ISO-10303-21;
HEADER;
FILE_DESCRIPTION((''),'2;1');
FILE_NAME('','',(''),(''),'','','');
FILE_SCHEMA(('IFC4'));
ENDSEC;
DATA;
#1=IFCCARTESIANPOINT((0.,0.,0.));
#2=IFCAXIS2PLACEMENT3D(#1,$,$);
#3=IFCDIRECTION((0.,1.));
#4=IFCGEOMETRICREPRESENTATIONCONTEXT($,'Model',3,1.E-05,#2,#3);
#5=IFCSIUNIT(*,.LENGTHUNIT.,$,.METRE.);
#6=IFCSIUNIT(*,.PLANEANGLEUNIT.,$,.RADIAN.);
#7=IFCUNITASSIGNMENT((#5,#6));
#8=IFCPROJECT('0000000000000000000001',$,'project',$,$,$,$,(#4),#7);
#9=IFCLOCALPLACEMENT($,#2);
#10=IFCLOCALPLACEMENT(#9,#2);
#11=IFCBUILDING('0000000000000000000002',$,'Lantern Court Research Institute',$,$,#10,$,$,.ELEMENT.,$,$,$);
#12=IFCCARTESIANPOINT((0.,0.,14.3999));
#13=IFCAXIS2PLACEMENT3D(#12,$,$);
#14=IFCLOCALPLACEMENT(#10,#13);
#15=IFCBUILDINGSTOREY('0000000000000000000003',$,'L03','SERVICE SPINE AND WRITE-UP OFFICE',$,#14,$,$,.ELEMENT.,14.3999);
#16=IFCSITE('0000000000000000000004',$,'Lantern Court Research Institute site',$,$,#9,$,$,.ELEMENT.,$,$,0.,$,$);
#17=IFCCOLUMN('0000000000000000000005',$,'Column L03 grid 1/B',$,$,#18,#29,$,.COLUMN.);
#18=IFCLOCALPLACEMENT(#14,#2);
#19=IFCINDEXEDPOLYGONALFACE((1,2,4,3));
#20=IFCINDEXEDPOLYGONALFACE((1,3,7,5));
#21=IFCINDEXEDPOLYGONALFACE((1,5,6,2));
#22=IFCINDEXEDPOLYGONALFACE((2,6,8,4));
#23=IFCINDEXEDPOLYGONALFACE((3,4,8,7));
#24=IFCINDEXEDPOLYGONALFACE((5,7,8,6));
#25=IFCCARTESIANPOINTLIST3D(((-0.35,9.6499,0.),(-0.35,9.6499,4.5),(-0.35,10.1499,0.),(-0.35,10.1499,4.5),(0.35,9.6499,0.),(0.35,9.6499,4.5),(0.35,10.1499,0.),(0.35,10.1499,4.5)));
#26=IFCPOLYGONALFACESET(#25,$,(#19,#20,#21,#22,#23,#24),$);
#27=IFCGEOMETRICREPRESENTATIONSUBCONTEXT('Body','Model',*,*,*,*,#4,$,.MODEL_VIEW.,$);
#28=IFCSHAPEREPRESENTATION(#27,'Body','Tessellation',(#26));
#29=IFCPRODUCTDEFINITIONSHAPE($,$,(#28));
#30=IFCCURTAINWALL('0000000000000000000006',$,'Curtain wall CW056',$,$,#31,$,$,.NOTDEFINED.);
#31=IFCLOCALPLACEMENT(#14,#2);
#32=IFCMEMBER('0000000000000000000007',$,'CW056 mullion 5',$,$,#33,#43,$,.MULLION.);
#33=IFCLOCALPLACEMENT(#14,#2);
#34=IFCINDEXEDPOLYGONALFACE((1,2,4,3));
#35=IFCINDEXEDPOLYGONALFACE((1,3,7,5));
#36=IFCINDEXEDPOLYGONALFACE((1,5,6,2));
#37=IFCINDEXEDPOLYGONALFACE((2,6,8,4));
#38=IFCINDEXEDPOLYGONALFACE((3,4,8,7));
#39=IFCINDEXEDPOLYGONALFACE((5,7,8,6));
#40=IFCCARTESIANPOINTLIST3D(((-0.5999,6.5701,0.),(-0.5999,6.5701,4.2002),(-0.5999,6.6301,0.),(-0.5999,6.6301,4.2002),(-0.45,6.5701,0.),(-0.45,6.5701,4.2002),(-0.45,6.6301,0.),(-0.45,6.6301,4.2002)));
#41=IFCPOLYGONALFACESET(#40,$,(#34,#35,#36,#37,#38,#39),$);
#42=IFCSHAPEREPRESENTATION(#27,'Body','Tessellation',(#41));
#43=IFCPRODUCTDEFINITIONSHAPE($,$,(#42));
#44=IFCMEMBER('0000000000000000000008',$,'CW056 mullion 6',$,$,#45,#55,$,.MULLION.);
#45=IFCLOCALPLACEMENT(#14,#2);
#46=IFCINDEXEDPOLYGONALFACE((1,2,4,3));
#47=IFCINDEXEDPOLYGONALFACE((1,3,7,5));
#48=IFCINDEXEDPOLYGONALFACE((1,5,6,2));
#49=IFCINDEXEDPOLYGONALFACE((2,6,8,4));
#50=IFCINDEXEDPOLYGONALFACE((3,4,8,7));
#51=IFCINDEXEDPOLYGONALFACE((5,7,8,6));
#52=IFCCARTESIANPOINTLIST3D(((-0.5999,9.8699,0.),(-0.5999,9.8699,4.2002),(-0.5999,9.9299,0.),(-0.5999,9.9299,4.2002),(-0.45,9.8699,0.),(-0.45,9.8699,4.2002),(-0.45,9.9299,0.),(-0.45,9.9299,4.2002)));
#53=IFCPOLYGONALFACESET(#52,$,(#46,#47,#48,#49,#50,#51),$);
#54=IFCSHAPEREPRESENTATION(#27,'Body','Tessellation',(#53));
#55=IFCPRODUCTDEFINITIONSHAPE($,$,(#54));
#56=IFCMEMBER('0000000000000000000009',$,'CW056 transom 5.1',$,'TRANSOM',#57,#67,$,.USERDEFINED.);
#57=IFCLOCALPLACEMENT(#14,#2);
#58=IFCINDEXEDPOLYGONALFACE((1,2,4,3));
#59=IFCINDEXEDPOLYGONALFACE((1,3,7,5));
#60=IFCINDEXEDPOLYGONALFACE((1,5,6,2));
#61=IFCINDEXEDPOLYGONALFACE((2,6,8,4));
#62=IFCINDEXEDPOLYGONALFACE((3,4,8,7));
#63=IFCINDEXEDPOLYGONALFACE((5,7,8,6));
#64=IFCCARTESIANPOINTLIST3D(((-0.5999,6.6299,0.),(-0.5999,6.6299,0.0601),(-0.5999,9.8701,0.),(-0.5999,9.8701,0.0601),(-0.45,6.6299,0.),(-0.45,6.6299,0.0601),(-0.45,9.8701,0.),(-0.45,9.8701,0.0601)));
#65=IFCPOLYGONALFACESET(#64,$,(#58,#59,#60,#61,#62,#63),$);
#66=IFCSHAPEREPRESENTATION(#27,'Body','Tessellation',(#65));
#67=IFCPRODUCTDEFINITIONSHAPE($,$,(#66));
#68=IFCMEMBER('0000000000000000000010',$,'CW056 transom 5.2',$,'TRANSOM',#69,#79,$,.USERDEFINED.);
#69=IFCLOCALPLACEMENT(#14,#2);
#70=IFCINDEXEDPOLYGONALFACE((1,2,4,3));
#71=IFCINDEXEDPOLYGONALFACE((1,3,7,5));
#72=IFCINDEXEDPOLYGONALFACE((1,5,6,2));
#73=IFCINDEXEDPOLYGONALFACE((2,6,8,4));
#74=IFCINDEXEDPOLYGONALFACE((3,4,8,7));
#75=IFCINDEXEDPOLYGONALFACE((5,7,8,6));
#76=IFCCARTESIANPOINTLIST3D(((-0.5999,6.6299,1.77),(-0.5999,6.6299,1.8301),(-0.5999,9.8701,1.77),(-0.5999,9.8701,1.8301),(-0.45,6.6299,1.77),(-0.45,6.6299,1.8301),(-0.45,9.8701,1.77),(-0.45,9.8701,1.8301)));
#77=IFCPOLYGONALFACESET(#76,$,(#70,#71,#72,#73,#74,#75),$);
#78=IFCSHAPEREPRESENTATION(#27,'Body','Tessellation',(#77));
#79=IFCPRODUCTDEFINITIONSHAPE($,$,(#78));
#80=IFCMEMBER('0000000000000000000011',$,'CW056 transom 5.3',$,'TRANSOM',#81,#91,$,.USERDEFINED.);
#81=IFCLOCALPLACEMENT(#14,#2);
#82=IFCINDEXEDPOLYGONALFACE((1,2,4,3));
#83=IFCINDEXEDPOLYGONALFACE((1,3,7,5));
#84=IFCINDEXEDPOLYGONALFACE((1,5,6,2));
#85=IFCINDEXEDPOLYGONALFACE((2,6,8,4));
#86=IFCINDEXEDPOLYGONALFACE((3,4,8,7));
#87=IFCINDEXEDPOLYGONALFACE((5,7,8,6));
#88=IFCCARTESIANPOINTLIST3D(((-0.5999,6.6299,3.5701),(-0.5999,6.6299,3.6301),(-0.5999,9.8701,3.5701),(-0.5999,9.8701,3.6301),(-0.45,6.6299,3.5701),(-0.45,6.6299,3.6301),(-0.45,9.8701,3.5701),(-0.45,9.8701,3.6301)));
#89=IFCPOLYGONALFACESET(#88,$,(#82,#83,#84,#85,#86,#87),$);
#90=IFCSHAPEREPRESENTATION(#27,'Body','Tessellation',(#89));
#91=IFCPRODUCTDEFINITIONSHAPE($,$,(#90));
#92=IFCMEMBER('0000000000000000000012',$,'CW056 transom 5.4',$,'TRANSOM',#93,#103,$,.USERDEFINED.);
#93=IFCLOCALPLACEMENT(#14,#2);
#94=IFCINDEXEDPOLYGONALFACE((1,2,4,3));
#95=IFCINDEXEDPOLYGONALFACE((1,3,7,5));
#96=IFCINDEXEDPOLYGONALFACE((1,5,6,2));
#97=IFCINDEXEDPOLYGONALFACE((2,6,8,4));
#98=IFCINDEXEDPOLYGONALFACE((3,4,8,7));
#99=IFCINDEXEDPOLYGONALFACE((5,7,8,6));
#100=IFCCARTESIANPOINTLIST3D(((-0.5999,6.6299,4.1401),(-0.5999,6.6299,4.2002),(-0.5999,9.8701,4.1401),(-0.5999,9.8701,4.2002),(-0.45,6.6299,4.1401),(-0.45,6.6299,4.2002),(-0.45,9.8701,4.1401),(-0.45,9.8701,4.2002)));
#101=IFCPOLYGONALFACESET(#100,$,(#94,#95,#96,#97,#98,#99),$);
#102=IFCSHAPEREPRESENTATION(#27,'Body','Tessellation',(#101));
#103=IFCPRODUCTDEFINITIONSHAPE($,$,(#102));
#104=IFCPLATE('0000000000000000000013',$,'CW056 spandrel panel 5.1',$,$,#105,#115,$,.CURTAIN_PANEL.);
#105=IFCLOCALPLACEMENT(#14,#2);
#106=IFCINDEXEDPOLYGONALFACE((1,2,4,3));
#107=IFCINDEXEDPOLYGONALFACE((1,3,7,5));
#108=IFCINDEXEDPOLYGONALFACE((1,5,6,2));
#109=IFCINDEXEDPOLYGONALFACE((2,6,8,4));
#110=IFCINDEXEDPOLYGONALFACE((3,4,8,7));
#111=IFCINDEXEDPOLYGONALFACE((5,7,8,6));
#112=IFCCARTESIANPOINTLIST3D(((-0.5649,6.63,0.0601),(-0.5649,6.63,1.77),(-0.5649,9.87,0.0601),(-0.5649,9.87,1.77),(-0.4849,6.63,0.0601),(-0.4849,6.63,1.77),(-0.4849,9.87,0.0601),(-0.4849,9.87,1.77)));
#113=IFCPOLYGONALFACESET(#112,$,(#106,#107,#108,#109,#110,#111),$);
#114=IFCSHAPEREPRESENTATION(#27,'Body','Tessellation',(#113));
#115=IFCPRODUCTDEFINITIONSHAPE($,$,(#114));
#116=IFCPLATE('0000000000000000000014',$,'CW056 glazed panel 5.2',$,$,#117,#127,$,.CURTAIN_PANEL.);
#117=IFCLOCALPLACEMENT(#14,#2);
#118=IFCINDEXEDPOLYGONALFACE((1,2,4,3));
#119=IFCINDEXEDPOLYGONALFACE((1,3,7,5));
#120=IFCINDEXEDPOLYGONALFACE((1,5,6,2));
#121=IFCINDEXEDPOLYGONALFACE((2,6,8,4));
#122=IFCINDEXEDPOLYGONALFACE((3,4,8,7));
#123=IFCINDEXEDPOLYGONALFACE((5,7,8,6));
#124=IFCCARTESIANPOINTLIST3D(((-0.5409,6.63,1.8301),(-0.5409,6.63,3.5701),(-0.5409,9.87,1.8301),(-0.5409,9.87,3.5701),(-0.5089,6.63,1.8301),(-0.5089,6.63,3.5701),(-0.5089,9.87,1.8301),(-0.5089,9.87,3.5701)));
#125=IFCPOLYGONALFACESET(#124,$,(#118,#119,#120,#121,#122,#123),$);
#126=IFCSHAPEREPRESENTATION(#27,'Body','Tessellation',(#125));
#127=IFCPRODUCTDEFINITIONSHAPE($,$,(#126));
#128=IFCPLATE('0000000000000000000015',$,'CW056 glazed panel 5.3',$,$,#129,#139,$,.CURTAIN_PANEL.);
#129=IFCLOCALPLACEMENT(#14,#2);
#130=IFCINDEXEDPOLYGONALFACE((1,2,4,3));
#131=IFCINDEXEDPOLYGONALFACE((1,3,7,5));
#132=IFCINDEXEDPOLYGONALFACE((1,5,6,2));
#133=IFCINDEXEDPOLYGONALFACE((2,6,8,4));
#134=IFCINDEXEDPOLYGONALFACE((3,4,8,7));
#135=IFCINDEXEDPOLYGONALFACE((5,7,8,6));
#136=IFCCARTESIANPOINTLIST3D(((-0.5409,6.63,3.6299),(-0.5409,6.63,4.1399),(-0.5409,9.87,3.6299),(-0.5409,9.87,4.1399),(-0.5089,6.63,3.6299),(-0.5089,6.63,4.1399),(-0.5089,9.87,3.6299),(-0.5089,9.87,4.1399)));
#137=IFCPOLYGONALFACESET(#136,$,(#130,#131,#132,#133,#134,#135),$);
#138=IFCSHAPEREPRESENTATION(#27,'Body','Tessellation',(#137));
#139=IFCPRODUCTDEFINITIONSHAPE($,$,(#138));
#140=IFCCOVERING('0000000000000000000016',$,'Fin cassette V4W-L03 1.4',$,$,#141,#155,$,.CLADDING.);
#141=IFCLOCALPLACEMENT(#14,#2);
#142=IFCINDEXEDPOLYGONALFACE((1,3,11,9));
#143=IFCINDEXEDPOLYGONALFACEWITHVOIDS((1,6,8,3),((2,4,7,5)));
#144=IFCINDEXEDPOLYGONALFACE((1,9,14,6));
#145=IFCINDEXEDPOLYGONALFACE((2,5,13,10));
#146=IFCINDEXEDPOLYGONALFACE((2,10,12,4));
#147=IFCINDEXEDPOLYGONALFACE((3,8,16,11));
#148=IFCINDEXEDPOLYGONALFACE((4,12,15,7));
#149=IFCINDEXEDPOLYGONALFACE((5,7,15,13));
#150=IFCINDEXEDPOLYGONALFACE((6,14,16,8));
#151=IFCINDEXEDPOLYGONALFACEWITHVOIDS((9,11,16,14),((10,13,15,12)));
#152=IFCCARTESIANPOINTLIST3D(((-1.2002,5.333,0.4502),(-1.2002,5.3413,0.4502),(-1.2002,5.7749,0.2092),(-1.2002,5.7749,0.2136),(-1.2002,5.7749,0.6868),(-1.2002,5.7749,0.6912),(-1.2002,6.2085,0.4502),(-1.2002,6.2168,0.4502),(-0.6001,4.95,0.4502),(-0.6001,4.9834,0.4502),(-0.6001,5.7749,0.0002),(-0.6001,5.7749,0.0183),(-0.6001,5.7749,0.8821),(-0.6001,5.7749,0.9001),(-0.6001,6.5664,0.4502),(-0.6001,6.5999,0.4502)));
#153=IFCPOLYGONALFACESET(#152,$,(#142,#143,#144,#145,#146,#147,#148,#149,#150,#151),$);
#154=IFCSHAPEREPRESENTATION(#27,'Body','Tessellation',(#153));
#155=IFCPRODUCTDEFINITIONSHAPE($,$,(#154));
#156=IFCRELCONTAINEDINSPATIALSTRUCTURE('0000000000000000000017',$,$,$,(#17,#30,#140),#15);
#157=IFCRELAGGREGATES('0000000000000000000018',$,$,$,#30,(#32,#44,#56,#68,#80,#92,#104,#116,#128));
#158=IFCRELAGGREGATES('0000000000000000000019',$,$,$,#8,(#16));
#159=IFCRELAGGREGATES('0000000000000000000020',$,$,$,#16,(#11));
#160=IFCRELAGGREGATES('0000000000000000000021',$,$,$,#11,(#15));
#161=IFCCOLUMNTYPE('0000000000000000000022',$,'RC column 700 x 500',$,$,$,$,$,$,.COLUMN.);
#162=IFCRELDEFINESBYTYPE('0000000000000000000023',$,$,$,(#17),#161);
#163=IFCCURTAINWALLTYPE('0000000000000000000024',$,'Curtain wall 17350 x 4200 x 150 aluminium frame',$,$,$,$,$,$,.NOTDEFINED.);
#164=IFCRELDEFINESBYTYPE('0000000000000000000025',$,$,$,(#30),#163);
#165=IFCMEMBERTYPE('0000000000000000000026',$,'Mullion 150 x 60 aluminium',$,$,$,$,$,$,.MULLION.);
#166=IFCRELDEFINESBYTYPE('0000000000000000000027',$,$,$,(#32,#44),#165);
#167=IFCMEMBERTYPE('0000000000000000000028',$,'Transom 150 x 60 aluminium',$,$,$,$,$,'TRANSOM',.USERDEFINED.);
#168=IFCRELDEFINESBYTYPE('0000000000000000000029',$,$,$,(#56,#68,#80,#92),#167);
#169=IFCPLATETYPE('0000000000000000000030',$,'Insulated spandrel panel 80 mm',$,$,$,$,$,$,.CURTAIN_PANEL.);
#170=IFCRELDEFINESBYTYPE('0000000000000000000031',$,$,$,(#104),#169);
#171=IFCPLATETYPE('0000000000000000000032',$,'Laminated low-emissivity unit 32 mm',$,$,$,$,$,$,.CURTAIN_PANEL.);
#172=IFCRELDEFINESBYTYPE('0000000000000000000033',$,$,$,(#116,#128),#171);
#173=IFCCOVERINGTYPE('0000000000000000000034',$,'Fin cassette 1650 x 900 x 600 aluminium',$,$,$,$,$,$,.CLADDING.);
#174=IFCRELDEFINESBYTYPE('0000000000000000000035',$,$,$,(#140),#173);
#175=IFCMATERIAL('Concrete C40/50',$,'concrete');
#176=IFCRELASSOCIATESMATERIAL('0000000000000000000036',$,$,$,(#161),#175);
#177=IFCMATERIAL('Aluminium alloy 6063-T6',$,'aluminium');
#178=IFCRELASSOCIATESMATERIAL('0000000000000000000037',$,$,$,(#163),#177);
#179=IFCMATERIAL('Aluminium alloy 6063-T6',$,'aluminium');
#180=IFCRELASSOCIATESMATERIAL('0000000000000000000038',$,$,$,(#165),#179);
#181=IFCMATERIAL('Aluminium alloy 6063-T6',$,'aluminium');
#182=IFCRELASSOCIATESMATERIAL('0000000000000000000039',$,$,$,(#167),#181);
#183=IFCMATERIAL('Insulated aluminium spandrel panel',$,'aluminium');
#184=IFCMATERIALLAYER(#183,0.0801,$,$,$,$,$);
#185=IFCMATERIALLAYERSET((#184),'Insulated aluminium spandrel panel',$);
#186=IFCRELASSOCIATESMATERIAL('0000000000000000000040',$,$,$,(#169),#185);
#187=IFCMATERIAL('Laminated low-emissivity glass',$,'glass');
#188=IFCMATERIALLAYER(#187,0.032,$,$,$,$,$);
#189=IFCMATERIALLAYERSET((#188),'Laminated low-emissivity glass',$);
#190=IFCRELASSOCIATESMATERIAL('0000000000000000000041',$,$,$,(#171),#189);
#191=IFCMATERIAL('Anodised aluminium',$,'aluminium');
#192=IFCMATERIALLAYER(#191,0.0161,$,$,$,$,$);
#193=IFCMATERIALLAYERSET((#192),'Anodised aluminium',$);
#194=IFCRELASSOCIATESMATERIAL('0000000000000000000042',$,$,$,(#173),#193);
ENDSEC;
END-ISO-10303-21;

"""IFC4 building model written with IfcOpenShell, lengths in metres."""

from ifc_helpers import new_model, entity, si_unit, direction, frame, origin, origin_2d, place, context, subcontext, project, spatial, rectangle, extrude, material, layer, layer_set, material_profile, profile_set, type_object, element, aggregate, save


model = new_model("IFC4")

# Units and contexts
model_context = context("Model", 3, precision=1e-05, world=origin(), true_north=direction((0.0, 1.0)))
body_context = subcontext(model_context, "Body", "Model", "MODEL_VIEW")
ifc_project = project(units=[si_unit("LENGTHUNIT", "METRE"), si_unit("PLANEANGLEUNIT", "RADIAN")], contexts=[model_context])

# Site, building, storey
site_placement = place(None, origin())
site = spatial("IfcSite", under=ifc_project, at=site_placement, Name="Lantern Court Research Institute site", CompositionType="ELEMENT", RefElevation=0.0)
building_placement = place(site_placement, origin())
building = spatial("IfcBuilding", under=site, at=building_placement, Name="Lantern Court Research Institute", CompositionType="ELEMENT")
storey_placement = place(building_placement, frame((0.0, 0.0, 14.3999)))
storey = spatial("IfcBuildingStorey", under=building, at=storey_placement, Name="L03", Description="SERVICE SPINE AND WRITE-UP OFFICE", CompositionType="ELEMENT", Elevation=14.3999)

# Column
ifc_material_1 = material(Name="Concrete C40/50", Category="concrete")
ifc_material_profile_1 = material_profile(ifc_material_1, rectangle(XDim=0.7, YDim=0.5, at=origin_2d()), Name="RC column 700 x 500")
ifc_profile_set_1 = profile_set([ifc_material_profile_1], Name="Concrete C40/50")
column_type = type_object("IfcColumnType", Name="RC column 700 x 500", PredefinedType="COLUMN", material=ifc_profile_set_1)
column_placement = place(storey_placement, frame((0.0, 9.8999, 0.0), z_axis=(0.0, 0.0, 1.0), x_axis=(1.0, 0.0, 0.0)))
element("IfcColumn", 1, at=column_placement, inside=storey, type_object=column_type, Name="Column L03 grid 1/B", PredefinedType="COLUMN", context=body_context, shape_type="SweptSolid", body=[
    extrude(rectangle(XDim=0.7, YDim=0.5, at=origin_2d()), origin(), (0.0, 0.0, 1.0), 4.5),
])

# Curtain wall, members, plates
ifc_material_2 = material(Name="Aluminium alloy 6063-T6", Category="aluminium")
curtain_wall_type = type_object("IfcCurtainWallType", Name="Curtain wall 17350 x 4200 x 150 aluminium frame", PredefinedType="NOTDEFINED", material=ifc_material_2)
curtain_wall_placement = place(storey_placement, origin())
curtain_wall = element("IfcCurtainWall", 2, at=curtain_wall_placement, inside=storey, type_object=curtain_wall_type, Name="Curtain wall CW056", PredefinedType="NOTDEFINED")
ifc_material_3 = material(Name="Aluminium alloy 6063-T6", Category="aluminium")
ifc_material_profile_2 = material_profile(ifc_material_3, rectangle(XDim=0.1499, YDim=0.0601, at=origin_2d()), Name="Mullion 150 x 60")
ifc_profile_set_2 = profile_set([ifc_material_profile_2], Name="Aluminium alloy 6063-T6")
member_type_1 = type_object("IfcMemberType", Name="Mullion 150 x 60 aluminium", PredefinedType="MULLION", material=ifc_profile_set_2)
member_1_placement = place(storey_placement, frame((-0.5249, 6.6001, 0.0), z_axis=(0.0, 0.0, 1.0), x_axis=(-1.0, 0.0, 0.0)))
member_1 = element("IfcMember", 3, at=member_1_placement, type_object=member_type_1, Name="CW056 mullion 5", PredefinedType="MULLION", context=body_context, shape_type="SweptSolid", body=[
    extrude(rectangle(XDim=0.1499, YDim=0.0601, at=origin_2d()), origin(), (0.0, 0.0, 1.0), 4.2002),
])
member_2_placement = place(storey_placement, frame((-0.5249, 9.8999, 0.0), z_axis=(0.0, 0.0, 1.0), x_axis=(-1.0, 0.0, 0.0)))
member_2 = element("IfcMember", 4, at=member_2_placement, type_object=member_type_1, Name="CW056 mullion 6", PredefinedType="MULLION", context=body_context, shape_type="SweptSolid", body=[
    extrude(rectangle(XDim=0.1499, YDim=0.0601, at=origin_2d()), origin(), (0.0, 0.0, 1.0), 4.2002),
])
ifc_material_4 = material(Name="Aluminium alloy 6063-T6", Category="aluminium")
ifc_material_profile_3 = material_profile(ifc_material_4, rectangle(XDim=0.1499, YDim=0.0601, at=origin_2d()), Name="Transom 150 x 60")
ifc_profile_set_3 = profile_set([ifc_material_profile_3], Name="Aluminium alloy 6063-T6")
member_type_2 = type_object("IfcMemberType", Name="Transom 150 x 60 aluminium", ElementType="TRANSOM", PredefinedType="USERDEFINED", material=ifc_profile_set_3)
member_3_placement = place(storey_placement, frame((-0.5249, 6.6299, 0.03), z_axis=(0.0, 1.0, 0.0), x_axis=(-1.0, 0.0, 0.0)))
member_3 = element("IfcMember", 5, at=member_3_placement, type_object=member_type_2, Name="CW056 transom 5.1", ObjectType="TRANSOM", PredefinedType="USERDEFINED", context=body_context, shape_type="SweptSolid", body=[
    extrude(rectangle(XDim=0.1499, YDim=0.0601, at=origin_2d()), origin(), (0.0, 0.0, 1.0), 3.2402),
])
member_4_placement = place(storey_placement, frame((-0.5249, 6.6299, 1.8), z_axis=(0.0, 1.0, 0.0), x_axis=(-1.0, 0.0, 0.0)))
member_4 = element("IfcMember", 6, at=member_4_placement, type_object=member_type_2, Name="CW056 transom 5.2", ObjectType="TRANSOM", PredefinedType="USERDEFINED", context=body_context, shape_type="SweptSolid", body=[
    extrude(rectangle(XDim=0.1499, YDim=0.0601, at=origin_2d()), origin(), (0.0, 0.0, 1.0), 3.2402),
])
member_5_placement = place(storey_placement, frame((-0.5249, 6.6299, 3.6001), z_axis=(0.0, 1.0, 0.0), x_axis=(-1.0, 0.0, 0.0)))
member_5 = element("IfcMember", 7, at=member_5_placement, type_object=member_type_2, Name="CW056 transom 5.3", ObjectType="TRANSOM", PredefinedType="USERDEFINED", context=body_context, shape_type="SweptSolid", body=[
    extrude(rectangle(XDim=0.1499, YDim=0.0601, at=origin_2d()), origin(), (0.0, 0.0, 1.0), 3.2402),
])
member_6_placement = place(storey_placement, frame((-0.5249, 6.6299, 4.1702), z_axis=(0.0, 1.0, 0.0), x_axis=(-1.0, 0.0, 0.0)))
member_6 = element("IfcMember", 8, at=member_6_placement, type_object=member_type_2, Name="CW056 transom 5.4", ObjectType="TRANSOM", PredefinedType="USERDEFINED", context=body_context, shape_type="SweptSolid", body=[
    extrude(rectangle(XDim=0.1499, YDim=0.0601, at=origin_2d()), origin(), (0.0, 0.0, 1.0), 3.2402),
])
ifc_material_5 = material(Name="Insulated aluminium spandrel panel", Category="aluminium")
ifc_layer_1 = layer(ifc_material_5, 0.0801)
ifc_layer_set_1 = layer_set([ifc_layer_1], Name="Insulated aluminium spandrel panel")
plate_type_1 = type_object("IfcPlateType", Name="Insulated spandrel panel 80 mm", PredefinedType="CURTAIN_PANEL", material=ifc_layer_set_1)
plate_1_placement = place(storey_placement, frame((-0.5249, 8.25, 0.0601), z_axis=(0.0, 0.0, 1.0), x_axis=(0.0, 1.0, 0.0)))
plate_1 = element("IfcPlate", 9, at=plate_1_placement, type_object=plate_type_1, Name="CW056 spandrel panel 5.1", PredefinedType="CURTAIN_PANEL", context=body_context, shape_type="SweptSolid", body=[
    extrude(rectangle(XDim=3.24, YDim=0.0801, at=origin_2d()), origin(), (0.0, 0.0, 1.0), 1.71),
])
ifc_material_6 = material(Name="Laminated low-emissivity glass", Category="glass")
ifc_layer_2 = layer(ifc_material_6, 0.032)
ifc_layer_set_2 = layer_set([ifc_layer_2], Name="Laminated low-emissivity glass")
plate_type_2 = type_object("IfcPlateType", Name="Laminated low-emissivity unit 32 mm", PredefinedType="CURTAIN_PANEL", material=ifc_layer_set_2)
plate_2_placement = place(storey_placement, frame((-0.5249, 8.25, 1.8301), z_axis=(0.0, 0.0, 1.0), x_axis=(0.0, 1.0, 0.0)))
plate_2 = element("IfcPlate", 10, at=plate_2_placement, type_object=plate_type_2, Name="CW056 glazed panel 5.2", PredefinedType="CURTAIN_PANEL", context=body_context, shape_type="SweptSolid", body=[
    extrude(rectangle(XDim=3.24, YDim=0.032, at=origin_2d()), origin(), (0.0, 0.0, 1.0), 1.74),
])
plate_3_placement = place(storey_placement, frame((-0.5249, 8.25, 3.6299), z_axis=(0.0, 0.0, 1.0), x_axis=(0.0, 1.0, 0.0)))
plate_3 = element("IfcPlate", 11, at=plate_3_placement, type_object=plate_type_2, Name="CW056 glazed panel 5.3", PredefinedType="CURTAIN_PANEL", context=body_context, shape_type="SweptSolid", body=[
    extrude(rectangle(XDim=3.24, YDim=0.032, at=origin_2d()), origin(), (0.0, 0.0, 1.0), 0.51),
])
aggregate(curtain_wall, [member_1, member_2, member_3, member_4, member_5, member_6, plate_1, plate_2, plate_3])

# Covering
ifc_material_7 = material(Name="Anodised aluminium", Category="aluminium")
ifc_layer_3 = layer(ifc_material_7, 0.0161)
ifc_layer_set_3 = layer_set([ifc_layer_3], Name="Anodised aluminium")
covering_type = type_object("IfcCoveringType", Name="Fin cassette 1650 x 900 x 600 aluminium", PredefinedType="CLADDING", material=ifc_layer_set_3)
covering_1_placement = place(storey_placement, frame((-0.6001, 5.7749, 0.4502), z_axis=(-1.0, 0.0, 0.0), x_axis=(0.0, -1.0, 0.0)))
cartesian_point_1 = entity("IfcCartesianPoint", [0.825, 0.0])
cartesian_point_2 = entity("IfcCartesianPoint", [0.7915, 0.0])
cartesian_point_3 = entity("IfcCartesianPoint", [0.4419, 0.0])
cartesian_point_4 = entity("IfcCartesianPoint", [0.4336, 0.0])
element("IfcCovering", 12, at=covering_1_placement, inside=storey, type_object=covering_type, Name="Fin cassette V4W-L03 1.4", PredefinedType="CLADDING", context=body_context, shape_type="SweptSolid", body=[
    entity("IfcExtrudedAreaSolidTapered", entity("IfcArbitraryProfileDefWithVoids", "AREA", None, entity("IfcPolyline", [cartesian_point_1, entity("IfcCartesianPoint", [0.0, 0.45]), entity("IfcCartesianPoint", [-0.825, 0.0]), entity("IfcCartesianPoint", [0.0, -0.45]), cartesian_point_1]), [entity("IfcPolyline", [cartesian_point_2, entity("IfcCartesianPoint", [0.0, 0.4319]), entity("IfcCartesianPoint", [-0.7915, 0.0]), entity("IfcCartesianPoint", [0.0, -0.4319]), cartesian_point_2])]), entity("IfcAxis2Placement3D", entity("IfcCartesianPoint", [0.0, 0.0, 0.0])), entity("IfcDirection", [0.0, 0.0, 1.0]), 0.6001, entity("IfcArbitraryProfileDefWithVoids", "AREA", None, entity("IfcPolyline", [cartesian_point_3, entity("IfcCartesianPoint", [0.0, 0.241]), entity("IfcCartesianPoint", [-0.4419, 0.0]), entity("IfcCartesianPoint", [0.0, -0.241]), cartesian_point_3]), [entity("IfcPolyline", [cartesian_point_4, entity("IfcCartesianPoint", [0.0, 0.2366]), entity("IfcCartesianPoint", [-0.4336, 0.0]), entity("IfcCartesianPoint", [0.0, -0.2366]), cartesian_point_4])])),
])

save(model, "model.ifc")
